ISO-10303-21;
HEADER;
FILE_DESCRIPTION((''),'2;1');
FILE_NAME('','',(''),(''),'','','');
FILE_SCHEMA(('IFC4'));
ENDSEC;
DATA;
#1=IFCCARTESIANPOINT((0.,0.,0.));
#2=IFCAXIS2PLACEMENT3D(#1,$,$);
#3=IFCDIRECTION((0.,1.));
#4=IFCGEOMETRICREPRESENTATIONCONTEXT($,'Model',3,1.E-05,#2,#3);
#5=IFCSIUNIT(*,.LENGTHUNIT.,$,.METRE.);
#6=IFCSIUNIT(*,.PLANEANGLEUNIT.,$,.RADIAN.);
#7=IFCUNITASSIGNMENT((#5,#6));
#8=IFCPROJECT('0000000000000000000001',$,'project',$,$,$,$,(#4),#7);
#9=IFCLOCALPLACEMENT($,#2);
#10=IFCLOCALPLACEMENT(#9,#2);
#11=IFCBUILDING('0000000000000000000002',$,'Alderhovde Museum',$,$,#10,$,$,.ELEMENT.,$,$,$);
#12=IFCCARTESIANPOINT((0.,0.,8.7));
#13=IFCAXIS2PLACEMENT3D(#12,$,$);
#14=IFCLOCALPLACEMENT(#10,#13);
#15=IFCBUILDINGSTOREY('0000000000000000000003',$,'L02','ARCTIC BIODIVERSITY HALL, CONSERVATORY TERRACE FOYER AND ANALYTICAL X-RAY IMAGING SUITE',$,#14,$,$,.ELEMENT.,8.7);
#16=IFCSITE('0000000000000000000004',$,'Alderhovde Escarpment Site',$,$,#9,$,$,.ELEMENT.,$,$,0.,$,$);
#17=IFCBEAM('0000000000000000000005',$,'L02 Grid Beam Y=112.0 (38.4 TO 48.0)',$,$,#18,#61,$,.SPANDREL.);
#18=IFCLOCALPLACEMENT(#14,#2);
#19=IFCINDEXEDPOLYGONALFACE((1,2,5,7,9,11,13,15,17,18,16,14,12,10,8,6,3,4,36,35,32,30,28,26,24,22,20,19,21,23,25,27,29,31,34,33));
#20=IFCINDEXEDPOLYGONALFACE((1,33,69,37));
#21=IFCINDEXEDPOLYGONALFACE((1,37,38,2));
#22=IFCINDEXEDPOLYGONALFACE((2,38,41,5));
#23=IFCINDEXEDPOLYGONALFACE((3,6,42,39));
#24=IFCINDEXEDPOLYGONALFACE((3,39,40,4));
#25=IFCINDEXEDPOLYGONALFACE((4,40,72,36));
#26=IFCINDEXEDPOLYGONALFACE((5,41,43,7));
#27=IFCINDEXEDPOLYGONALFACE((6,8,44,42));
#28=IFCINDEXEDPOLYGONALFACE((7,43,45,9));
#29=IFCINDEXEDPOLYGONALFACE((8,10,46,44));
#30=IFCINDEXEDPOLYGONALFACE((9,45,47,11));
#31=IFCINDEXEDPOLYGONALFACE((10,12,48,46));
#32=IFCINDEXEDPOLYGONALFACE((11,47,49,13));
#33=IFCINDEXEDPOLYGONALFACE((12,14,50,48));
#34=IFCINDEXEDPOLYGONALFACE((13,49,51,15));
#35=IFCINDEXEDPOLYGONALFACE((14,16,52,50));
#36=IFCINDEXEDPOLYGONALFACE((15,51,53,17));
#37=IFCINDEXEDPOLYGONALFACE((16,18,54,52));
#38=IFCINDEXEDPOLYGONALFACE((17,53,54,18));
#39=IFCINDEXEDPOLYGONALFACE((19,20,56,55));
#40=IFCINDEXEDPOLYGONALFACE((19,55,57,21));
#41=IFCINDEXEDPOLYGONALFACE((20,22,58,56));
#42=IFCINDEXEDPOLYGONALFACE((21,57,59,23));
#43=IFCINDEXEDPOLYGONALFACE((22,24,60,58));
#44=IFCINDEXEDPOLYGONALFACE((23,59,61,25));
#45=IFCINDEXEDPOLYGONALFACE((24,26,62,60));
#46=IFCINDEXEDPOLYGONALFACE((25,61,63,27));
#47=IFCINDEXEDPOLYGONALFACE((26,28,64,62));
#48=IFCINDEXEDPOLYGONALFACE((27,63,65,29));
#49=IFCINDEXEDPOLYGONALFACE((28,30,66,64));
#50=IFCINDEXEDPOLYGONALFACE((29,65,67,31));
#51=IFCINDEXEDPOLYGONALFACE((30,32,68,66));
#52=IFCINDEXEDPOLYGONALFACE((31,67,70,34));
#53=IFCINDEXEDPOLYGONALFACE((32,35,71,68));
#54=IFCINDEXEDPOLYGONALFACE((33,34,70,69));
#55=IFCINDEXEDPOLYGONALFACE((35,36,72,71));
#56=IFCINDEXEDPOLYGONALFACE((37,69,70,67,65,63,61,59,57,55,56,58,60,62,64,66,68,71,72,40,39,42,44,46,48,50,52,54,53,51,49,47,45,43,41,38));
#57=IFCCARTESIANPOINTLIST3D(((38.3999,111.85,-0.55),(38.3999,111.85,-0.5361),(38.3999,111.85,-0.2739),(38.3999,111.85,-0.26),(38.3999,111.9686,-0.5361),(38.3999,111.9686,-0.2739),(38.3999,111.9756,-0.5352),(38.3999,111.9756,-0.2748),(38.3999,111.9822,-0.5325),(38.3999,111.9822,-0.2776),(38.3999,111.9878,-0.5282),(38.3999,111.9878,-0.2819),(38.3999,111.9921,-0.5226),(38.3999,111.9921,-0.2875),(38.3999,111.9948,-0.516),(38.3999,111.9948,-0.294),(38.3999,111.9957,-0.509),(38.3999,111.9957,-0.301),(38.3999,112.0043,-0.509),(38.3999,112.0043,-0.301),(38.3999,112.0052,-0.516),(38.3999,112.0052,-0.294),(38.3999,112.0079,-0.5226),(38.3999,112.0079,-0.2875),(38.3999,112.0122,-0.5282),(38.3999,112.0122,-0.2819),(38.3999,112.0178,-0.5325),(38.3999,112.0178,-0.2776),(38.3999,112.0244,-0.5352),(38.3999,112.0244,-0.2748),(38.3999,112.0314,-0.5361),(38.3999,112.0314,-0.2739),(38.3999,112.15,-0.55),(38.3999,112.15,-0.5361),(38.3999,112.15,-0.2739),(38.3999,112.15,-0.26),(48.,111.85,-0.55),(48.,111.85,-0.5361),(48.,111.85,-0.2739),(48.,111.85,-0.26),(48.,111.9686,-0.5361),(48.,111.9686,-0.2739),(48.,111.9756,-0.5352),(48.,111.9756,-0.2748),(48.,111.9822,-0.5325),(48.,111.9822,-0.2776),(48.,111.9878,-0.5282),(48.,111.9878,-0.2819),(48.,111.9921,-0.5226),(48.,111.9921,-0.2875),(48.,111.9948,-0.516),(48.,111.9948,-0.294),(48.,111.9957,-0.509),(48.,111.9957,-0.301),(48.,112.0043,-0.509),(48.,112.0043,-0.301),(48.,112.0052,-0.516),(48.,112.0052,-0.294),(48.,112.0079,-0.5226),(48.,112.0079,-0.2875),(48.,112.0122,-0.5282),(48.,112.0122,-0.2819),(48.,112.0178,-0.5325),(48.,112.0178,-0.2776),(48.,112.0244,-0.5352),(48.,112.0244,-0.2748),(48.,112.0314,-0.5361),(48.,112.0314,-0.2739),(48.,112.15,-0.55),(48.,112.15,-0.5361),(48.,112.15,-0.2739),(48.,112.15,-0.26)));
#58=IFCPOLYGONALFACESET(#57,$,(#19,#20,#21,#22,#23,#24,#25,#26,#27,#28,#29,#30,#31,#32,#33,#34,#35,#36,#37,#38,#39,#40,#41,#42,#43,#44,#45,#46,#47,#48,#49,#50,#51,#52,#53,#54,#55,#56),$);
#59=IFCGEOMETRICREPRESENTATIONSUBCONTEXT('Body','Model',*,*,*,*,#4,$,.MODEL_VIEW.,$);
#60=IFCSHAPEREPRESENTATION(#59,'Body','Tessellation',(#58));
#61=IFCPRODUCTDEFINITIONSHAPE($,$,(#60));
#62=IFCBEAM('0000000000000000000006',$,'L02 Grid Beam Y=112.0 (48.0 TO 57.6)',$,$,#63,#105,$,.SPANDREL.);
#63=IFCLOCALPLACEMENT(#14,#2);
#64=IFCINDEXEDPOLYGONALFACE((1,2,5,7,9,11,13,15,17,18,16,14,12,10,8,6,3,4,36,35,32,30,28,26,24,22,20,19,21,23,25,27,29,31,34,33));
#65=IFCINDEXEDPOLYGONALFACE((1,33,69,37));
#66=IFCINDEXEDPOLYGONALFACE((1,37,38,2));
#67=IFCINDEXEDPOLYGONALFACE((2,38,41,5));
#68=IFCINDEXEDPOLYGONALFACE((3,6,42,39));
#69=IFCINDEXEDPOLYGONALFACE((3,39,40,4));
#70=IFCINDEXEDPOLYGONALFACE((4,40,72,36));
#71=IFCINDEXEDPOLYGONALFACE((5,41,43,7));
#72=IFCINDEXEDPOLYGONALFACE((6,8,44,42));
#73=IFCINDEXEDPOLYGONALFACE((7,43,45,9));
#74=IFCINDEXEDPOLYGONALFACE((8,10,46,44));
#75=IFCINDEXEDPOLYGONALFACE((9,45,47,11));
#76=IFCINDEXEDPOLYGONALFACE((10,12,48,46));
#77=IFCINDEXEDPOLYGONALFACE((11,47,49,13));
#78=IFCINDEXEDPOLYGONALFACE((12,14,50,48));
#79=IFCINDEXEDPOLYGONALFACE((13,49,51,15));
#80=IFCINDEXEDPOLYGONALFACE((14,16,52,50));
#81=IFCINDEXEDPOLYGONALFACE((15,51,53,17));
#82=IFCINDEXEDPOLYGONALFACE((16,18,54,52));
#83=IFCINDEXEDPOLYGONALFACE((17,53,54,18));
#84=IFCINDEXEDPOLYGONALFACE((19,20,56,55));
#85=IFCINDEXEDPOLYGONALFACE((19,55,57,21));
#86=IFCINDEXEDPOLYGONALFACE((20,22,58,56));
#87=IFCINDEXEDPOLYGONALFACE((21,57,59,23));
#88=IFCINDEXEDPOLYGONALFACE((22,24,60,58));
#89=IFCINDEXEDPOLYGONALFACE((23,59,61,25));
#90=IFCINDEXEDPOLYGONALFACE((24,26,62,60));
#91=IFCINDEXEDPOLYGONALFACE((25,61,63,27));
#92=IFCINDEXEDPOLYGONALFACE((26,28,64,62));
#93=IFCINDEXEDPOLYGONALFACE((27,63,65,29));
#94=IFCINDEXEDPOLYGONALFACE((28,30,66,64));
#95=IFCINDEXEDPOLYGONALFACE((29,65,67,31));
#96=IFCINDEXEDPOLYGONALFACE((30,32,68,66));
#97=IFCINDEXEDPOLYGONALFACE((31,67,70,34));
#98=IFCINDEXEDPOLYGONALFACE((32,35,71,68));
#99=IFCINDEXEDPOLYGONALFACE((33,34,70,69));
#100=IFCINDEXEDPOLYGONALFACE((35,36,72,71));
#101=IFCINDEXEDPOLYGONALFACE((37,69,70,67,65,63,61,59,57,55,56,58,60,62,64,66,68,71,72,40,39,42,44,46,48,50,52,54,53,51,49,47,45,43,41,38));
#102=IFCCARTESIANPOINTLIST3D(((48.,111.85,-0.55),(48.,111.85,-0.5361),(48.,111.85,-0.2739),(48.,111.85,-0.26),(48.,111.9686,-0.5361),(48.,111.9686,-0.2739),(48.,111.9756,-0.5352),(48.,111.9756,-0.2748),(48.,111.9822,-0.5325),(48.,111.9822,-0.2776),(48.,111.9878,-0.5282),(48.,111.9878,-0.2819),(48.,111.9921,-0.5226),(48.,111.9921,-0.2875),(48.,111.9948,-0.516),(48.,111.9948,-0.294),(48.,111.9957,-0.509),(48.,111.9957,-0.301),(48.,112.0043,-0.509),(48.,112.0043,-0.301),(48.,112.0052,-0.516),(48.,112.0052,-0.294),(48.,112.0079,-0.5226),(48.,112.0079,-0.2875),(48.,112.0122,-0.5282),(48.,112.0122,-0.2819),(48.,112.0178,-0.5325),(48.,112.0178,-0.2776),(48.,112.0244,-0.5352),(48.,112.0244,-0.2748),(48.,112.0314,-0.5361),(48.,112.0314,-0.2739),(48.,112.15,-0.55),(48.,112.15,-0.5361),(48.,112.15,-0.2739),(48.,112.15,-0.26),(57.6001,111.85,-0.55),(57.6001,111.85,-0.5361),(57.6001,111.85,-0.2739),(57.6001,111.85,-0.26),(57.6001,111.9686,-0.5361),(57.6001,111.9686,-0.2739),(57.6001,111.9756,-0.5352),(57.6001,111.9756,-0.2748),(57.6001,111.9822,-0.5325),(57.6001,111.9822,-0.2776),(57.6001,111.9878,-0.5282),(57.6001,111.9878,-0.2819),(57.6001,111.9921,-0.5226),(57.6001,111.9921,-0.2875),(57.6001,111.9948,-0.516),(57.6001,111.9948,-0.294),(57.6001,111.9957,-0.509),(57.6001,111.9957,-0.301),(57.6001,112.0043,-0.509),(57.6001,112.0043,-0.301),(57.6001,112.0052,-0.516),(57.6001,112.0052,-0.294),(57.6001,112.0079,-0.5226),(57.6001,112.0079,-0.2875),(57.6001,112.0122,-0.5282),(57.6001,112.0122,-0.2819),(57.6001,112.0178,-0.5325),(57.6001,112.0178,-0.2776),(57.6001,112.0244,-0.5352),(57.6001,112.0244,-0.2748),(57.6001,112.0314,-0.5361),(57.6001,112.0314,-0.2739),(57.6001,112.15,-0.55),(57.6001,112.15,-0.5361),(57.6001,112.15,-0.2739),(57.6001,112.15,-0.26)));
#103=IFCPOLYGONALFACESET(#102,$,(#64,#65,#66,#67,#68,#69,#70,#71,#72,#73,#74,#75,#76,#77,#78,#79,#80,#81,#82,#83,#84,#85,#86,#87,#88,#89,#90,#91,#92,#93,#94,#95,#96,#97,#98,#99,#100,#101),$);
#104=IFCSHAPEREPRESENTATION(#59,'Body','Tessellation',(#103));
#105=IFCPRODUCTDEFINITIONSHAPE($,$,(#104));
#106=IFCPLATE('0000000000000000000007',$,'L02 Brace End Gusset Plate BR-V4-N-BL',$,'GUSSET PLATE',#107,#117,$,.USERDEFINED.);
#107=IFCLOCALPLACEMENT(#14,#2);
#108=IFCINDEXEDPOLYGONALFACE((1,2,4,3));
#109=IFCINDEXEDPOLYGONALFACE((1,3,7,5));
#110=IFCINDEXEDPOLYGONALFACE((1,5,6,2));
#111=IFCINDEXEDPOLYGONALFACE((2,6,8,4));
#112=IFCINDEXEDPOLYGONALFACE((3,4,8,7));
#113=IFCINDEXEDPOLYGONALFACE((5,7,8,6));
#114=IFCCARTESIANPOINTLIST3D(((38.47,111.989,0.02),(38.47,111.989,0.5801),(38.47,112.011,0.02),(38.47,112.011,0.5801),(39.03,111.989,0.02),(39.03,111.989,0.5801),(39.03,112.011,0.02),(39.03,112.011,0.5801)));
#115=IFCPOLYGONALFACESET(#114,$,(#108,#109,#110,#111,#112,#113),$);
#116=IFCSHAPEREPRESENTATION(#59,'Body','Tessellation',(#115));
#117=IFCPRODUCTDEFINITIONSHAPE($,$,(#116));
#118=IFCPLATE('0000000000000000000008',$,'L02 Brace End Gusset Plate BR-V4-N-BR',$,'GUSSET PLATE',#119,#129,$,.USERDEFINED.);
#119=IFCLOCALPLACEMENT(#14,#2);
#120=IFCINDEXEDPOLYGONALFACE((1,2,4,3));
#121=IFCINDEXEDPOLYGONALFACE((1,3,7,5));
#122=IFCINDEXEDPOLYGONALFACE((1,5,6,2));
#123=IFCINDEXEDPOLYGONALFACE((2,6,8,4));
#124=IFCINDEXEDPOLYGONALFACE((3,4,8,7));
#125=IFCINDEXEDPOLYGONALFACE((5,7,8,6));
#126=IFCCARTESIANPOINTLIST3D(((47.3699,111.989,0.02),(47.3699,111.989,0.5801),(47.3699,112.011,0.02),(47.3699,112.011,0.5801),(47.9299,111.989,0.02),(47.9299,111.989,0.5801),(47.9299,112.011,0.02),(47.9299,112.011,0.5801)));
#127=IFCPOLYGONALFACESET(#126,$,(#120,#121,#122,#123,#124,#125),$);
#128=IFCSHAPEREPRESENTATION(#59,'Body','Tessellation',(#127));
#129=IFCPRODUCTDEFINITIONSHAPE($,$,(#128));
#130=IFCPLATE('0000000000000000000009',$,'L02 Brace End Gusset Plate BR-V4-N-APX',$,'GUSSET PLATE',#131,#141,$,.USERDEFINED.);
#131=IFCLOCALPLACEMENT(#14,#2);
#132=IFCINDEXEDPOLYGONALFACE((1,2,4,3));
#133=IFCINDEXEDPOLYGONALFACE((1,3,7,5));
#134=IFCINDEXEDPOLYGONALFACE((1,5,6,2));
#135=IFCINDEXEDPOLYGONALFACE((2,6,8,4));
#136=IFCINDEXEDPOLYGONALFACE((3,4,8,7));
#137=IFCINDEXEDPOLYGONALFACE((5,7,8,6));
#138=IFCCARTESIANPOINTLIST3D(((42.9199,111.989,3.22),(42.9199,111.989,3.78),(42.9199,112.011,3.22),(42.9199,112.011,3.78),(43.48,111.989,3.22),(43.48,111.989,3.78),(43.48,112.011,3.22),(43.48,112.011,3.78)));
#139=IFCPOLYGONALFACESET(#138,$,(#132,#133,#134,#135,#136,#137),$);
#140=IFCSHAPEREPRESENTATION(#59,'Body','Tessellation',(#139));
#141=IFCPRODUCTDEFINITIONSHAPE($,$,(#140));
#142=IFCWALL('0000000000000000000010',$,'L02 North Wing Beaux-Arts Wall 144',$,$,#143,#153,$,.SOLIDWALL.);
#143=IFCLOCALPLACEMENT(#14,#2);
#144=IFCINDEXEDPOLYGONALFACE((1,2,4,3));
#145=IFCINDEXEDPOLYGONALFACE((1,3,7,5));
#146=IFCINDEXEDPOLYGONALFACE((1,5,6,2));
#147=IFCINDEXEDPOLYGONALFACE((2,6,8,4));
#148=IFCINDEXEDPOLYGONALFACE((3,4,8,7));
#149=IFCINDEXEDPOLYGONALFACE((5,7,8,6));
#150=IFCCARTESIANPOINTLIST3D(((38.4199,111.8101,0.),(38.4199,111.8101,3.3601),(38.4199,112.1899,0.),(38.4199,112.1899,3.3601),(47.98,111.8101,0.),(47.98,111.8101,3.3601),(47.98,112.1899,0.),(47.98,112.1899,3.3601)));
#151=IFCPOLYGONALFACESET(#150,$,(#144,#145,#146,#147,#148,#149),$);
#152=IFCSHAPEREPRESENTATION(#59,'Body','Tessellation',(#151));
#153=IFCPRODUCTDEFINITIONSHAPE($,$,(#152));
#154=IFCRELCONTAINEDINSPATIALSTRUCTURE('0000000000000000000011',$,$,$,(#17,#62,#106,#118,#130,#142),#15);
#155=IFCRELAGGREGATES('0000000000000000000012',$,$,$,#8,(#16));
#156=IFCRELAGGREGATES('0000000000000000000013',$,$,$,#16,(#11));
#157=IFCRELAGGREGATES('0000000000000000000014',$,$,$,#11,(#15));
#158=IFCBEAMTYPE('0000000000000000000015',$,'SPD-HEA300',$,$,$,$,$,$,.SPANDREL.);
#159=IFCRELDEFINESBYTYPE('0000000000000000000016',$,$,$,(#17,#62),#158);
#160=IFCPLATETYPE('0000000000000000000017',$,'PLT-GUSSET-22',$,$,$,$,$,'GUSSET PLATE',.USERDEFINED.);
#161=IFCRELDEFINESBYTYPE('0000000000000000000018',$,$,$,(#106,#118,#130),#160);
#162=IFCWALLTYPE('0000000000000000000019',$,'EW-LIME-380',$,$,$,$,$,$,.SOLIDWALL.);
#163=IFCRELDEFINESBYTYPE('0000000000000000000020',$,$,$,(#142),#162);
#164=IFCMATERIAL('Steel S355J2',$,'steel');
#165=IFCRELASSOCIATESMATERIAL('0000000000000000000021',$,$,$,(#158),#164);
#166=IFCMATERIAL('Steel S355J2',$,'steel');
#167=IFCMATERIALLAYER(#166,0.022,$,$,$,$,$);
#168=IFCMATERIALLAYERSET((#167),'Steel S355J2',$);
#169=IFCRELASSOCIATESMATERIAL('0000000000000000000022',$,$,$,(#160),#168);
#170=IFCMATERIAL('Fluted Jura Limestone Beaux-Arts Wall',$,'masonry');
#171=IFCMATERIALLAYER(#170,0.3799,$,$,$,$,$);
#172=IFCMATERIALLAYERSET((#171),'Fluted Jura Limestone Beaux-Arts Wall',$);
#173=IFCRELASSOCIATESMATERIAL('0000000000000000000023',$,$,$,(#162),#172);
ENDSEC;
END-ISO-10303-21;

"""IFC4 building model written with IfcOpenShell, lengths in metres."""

from ifc_helpers import new_model, si_unit, direction, frame, frame_2d, origin, origin_2d, place, context, subcontext, project, spatial, rectangle, i_section, extrude, material, layer, layer_set, material_profile, profile_set, type_object, element, save


model = new_model("IFC4")

# Units and contexts
model_context = context("Model", 3, precision=1e-05, world=origin(), true_north=direction((0.0, 1.0)))
body_context = subcontext(model_context, "Body", "Model", "MODEL_VIEW")
ifc_project = project(units=[si_unit("LENGTHUNIT", "METRE"), si_unit("PLANEANGLEUNIT", "RADIAN")], contexts=[model_context])

# Site, building, storey
site_placement = place(None, origin())
site = spatial("IfcSite", under=ifc_project, at=site_placement, Name="Alderhovde Escarpment Site", CompositionType="ELEMENT", RefElevation=0.0)
building_placement = place(site_placement, origin())
building = spatial("IfcBuilding", under=site, at=building_placement, Name="Alderhovde Museum", CompositionType="ELEMENT")
storey_placement = place(building_placement, frame((0.0, 0.0, 8.7)))
storey = spatial("IfcBuildingStorey", under=building, at=storey_placement, Name="L02", Description="ARCTIC BIODIVERSITY HALL, CONSERVATORY TERRACE FOYER AND ANALYTICAL X-RAY IMAGING SUITE", CompositionType="ELEMENT", Elevation=8.7)

# Beams
ifc_material_1 = material(Name="Steel S355J2", Category="steel")
ifc_material_profile_1 = material_profile(ifc_material_1, i_section(OverallWidth=0.3, OverallDepth=0.29, WebThickness=0.0085, FlangeThickness=0.0139, FilletRadius=0.0271, at=origin_2d()), Name="HEA 300")
ifc_profile_set_1 = profile_set([ifc_material_profile_1], Name="Steel S355J2")
beam_type_1 = type_object("IfcBeamType", Name="SPD-HEA300", PredefinedType="SPANDREL", material=ifc_profile_set_1)
for number, where, z_axis, x_axis, name in (
    (1, (38.3999, 112.0, -0.405), (1.0, 0.0, 0.0), (0.0, 1.0, 0.0), "L02 Grid Beam Y=112.0 (38.4 TO 48.0)"),
    (2, (48.0, 112.0, -0.405), (1.0, 0.0, 0.0), (0.0, 1.0, 0.0), "L02 Grid Beam Y=112.0 (48.0 TO 57.6)"),
):
    element("IfcBeam", number, at=place(storey_placement, frame(where, z_axis=z_axis, x_axis=x_axis)), inside=storey, type_object=beam_type_1, Name=name, PredefinedType="SPANDREL", context=body_context, shape_type="SweptSolid", body=[
        extrude(i_section(OverallWidth=0.3, OverallDepth=0.29, WebThickness=0.0085, FlangeThickness=0.0139, FilletRadius=0.0271, at=origin_2d()), origin(), (0.0, 0.0, 1.0), 9.6001),
    ])

# Plates
ifc_material_2 = material(Name="Steel S355J2", Category="steel")
ifc_layer_1 = layer(ifc_material_2, 0.022)
ifc_layer_set_1 = layer_set([ifc_layer_1], Name="Steel S355J2")
plate_type = type_object("IfcPlateType", Name="PLT-GUSSET-22", ElementType="GUSSET PLATE", PredefinedType="USERDEFINED", material=ifc_layer_set_1)
for number, where, z_axis, x_axis, name in (
    (3, (38.75, 112.0, 0.02), (0.0, 0.0, 1.0), (1.0, 0.0, 0.0), "L02 Brace End Gusset Plate BR-V4-N-BL"),
    (4, (47.6499, 112.0, 0.02), (0.0, 0.0, 1.0), (1.0, 0.0, 0.0), "L02 Brace End Gusset Plate BR-V4-N-BR"),
    (5, (43.2, 112.0, 3.22), (0.0, 0.0, 1.0), (1.0, 0.0, 0.0), "L02 Brace End Gusset Plate BR-V4-N-APX"),
):
    element("IfcPlate", number, at=place(storey_placement, frame(where, z_axis=z_axis, x_axis=x_axis)), inside=storey, type_object=plate_type, Name=name, ObjectType="GUSSET PLATE", PredefinedType="USERDEFINED", context=body_context, shape_type="SweptSolid", body=[
        extrude(rectangle(XDim=0.5601, YDim=0.022, at=origin_2d()), origin(), (0.0, 0.0, 1.0), 0.5601),
    ])

# Wall
ifc_material_3 = material(Name="Fluted Jura Limestone Beaux-Arts Wall", Category="masonry")
ifc_layer_2 = layer(ifc_material_3, 0.3799)
ifc_layer_set_2 = layer_set([ifc_layer_2], Name="Fluted Jura Limestone Beaux-Arts Wall")
wall_type = type_object("IfcWallType", Name="EW-LIME-380", PredefinedType="SOLIDWALL", material=ifc_layer_set_2)
wall_1_placement = place(storey_placement, frame((38.4199, 112.0, 0.0), z_axis=(0.0, 0.0, 1.0), x_axis=(1.0, 0.0, 0.0)))
element("IfcWall", 6, at=wall_1_placement, inside=storey, type_object=wall_type, Name="L02 North Wing Beaux-Arts Wall 144", PredefinedType="SOLIDWALL", context=body_context, shape_type="SweptSolid", body=[
    extrude(rectangle(XDim=9.5601, YDim=0.3799, at=frame_2d((4.78, 0.0))), origin(), (0.0, 0.0, 1.0), 3.3601),
])

save(model, "model.ifc")
